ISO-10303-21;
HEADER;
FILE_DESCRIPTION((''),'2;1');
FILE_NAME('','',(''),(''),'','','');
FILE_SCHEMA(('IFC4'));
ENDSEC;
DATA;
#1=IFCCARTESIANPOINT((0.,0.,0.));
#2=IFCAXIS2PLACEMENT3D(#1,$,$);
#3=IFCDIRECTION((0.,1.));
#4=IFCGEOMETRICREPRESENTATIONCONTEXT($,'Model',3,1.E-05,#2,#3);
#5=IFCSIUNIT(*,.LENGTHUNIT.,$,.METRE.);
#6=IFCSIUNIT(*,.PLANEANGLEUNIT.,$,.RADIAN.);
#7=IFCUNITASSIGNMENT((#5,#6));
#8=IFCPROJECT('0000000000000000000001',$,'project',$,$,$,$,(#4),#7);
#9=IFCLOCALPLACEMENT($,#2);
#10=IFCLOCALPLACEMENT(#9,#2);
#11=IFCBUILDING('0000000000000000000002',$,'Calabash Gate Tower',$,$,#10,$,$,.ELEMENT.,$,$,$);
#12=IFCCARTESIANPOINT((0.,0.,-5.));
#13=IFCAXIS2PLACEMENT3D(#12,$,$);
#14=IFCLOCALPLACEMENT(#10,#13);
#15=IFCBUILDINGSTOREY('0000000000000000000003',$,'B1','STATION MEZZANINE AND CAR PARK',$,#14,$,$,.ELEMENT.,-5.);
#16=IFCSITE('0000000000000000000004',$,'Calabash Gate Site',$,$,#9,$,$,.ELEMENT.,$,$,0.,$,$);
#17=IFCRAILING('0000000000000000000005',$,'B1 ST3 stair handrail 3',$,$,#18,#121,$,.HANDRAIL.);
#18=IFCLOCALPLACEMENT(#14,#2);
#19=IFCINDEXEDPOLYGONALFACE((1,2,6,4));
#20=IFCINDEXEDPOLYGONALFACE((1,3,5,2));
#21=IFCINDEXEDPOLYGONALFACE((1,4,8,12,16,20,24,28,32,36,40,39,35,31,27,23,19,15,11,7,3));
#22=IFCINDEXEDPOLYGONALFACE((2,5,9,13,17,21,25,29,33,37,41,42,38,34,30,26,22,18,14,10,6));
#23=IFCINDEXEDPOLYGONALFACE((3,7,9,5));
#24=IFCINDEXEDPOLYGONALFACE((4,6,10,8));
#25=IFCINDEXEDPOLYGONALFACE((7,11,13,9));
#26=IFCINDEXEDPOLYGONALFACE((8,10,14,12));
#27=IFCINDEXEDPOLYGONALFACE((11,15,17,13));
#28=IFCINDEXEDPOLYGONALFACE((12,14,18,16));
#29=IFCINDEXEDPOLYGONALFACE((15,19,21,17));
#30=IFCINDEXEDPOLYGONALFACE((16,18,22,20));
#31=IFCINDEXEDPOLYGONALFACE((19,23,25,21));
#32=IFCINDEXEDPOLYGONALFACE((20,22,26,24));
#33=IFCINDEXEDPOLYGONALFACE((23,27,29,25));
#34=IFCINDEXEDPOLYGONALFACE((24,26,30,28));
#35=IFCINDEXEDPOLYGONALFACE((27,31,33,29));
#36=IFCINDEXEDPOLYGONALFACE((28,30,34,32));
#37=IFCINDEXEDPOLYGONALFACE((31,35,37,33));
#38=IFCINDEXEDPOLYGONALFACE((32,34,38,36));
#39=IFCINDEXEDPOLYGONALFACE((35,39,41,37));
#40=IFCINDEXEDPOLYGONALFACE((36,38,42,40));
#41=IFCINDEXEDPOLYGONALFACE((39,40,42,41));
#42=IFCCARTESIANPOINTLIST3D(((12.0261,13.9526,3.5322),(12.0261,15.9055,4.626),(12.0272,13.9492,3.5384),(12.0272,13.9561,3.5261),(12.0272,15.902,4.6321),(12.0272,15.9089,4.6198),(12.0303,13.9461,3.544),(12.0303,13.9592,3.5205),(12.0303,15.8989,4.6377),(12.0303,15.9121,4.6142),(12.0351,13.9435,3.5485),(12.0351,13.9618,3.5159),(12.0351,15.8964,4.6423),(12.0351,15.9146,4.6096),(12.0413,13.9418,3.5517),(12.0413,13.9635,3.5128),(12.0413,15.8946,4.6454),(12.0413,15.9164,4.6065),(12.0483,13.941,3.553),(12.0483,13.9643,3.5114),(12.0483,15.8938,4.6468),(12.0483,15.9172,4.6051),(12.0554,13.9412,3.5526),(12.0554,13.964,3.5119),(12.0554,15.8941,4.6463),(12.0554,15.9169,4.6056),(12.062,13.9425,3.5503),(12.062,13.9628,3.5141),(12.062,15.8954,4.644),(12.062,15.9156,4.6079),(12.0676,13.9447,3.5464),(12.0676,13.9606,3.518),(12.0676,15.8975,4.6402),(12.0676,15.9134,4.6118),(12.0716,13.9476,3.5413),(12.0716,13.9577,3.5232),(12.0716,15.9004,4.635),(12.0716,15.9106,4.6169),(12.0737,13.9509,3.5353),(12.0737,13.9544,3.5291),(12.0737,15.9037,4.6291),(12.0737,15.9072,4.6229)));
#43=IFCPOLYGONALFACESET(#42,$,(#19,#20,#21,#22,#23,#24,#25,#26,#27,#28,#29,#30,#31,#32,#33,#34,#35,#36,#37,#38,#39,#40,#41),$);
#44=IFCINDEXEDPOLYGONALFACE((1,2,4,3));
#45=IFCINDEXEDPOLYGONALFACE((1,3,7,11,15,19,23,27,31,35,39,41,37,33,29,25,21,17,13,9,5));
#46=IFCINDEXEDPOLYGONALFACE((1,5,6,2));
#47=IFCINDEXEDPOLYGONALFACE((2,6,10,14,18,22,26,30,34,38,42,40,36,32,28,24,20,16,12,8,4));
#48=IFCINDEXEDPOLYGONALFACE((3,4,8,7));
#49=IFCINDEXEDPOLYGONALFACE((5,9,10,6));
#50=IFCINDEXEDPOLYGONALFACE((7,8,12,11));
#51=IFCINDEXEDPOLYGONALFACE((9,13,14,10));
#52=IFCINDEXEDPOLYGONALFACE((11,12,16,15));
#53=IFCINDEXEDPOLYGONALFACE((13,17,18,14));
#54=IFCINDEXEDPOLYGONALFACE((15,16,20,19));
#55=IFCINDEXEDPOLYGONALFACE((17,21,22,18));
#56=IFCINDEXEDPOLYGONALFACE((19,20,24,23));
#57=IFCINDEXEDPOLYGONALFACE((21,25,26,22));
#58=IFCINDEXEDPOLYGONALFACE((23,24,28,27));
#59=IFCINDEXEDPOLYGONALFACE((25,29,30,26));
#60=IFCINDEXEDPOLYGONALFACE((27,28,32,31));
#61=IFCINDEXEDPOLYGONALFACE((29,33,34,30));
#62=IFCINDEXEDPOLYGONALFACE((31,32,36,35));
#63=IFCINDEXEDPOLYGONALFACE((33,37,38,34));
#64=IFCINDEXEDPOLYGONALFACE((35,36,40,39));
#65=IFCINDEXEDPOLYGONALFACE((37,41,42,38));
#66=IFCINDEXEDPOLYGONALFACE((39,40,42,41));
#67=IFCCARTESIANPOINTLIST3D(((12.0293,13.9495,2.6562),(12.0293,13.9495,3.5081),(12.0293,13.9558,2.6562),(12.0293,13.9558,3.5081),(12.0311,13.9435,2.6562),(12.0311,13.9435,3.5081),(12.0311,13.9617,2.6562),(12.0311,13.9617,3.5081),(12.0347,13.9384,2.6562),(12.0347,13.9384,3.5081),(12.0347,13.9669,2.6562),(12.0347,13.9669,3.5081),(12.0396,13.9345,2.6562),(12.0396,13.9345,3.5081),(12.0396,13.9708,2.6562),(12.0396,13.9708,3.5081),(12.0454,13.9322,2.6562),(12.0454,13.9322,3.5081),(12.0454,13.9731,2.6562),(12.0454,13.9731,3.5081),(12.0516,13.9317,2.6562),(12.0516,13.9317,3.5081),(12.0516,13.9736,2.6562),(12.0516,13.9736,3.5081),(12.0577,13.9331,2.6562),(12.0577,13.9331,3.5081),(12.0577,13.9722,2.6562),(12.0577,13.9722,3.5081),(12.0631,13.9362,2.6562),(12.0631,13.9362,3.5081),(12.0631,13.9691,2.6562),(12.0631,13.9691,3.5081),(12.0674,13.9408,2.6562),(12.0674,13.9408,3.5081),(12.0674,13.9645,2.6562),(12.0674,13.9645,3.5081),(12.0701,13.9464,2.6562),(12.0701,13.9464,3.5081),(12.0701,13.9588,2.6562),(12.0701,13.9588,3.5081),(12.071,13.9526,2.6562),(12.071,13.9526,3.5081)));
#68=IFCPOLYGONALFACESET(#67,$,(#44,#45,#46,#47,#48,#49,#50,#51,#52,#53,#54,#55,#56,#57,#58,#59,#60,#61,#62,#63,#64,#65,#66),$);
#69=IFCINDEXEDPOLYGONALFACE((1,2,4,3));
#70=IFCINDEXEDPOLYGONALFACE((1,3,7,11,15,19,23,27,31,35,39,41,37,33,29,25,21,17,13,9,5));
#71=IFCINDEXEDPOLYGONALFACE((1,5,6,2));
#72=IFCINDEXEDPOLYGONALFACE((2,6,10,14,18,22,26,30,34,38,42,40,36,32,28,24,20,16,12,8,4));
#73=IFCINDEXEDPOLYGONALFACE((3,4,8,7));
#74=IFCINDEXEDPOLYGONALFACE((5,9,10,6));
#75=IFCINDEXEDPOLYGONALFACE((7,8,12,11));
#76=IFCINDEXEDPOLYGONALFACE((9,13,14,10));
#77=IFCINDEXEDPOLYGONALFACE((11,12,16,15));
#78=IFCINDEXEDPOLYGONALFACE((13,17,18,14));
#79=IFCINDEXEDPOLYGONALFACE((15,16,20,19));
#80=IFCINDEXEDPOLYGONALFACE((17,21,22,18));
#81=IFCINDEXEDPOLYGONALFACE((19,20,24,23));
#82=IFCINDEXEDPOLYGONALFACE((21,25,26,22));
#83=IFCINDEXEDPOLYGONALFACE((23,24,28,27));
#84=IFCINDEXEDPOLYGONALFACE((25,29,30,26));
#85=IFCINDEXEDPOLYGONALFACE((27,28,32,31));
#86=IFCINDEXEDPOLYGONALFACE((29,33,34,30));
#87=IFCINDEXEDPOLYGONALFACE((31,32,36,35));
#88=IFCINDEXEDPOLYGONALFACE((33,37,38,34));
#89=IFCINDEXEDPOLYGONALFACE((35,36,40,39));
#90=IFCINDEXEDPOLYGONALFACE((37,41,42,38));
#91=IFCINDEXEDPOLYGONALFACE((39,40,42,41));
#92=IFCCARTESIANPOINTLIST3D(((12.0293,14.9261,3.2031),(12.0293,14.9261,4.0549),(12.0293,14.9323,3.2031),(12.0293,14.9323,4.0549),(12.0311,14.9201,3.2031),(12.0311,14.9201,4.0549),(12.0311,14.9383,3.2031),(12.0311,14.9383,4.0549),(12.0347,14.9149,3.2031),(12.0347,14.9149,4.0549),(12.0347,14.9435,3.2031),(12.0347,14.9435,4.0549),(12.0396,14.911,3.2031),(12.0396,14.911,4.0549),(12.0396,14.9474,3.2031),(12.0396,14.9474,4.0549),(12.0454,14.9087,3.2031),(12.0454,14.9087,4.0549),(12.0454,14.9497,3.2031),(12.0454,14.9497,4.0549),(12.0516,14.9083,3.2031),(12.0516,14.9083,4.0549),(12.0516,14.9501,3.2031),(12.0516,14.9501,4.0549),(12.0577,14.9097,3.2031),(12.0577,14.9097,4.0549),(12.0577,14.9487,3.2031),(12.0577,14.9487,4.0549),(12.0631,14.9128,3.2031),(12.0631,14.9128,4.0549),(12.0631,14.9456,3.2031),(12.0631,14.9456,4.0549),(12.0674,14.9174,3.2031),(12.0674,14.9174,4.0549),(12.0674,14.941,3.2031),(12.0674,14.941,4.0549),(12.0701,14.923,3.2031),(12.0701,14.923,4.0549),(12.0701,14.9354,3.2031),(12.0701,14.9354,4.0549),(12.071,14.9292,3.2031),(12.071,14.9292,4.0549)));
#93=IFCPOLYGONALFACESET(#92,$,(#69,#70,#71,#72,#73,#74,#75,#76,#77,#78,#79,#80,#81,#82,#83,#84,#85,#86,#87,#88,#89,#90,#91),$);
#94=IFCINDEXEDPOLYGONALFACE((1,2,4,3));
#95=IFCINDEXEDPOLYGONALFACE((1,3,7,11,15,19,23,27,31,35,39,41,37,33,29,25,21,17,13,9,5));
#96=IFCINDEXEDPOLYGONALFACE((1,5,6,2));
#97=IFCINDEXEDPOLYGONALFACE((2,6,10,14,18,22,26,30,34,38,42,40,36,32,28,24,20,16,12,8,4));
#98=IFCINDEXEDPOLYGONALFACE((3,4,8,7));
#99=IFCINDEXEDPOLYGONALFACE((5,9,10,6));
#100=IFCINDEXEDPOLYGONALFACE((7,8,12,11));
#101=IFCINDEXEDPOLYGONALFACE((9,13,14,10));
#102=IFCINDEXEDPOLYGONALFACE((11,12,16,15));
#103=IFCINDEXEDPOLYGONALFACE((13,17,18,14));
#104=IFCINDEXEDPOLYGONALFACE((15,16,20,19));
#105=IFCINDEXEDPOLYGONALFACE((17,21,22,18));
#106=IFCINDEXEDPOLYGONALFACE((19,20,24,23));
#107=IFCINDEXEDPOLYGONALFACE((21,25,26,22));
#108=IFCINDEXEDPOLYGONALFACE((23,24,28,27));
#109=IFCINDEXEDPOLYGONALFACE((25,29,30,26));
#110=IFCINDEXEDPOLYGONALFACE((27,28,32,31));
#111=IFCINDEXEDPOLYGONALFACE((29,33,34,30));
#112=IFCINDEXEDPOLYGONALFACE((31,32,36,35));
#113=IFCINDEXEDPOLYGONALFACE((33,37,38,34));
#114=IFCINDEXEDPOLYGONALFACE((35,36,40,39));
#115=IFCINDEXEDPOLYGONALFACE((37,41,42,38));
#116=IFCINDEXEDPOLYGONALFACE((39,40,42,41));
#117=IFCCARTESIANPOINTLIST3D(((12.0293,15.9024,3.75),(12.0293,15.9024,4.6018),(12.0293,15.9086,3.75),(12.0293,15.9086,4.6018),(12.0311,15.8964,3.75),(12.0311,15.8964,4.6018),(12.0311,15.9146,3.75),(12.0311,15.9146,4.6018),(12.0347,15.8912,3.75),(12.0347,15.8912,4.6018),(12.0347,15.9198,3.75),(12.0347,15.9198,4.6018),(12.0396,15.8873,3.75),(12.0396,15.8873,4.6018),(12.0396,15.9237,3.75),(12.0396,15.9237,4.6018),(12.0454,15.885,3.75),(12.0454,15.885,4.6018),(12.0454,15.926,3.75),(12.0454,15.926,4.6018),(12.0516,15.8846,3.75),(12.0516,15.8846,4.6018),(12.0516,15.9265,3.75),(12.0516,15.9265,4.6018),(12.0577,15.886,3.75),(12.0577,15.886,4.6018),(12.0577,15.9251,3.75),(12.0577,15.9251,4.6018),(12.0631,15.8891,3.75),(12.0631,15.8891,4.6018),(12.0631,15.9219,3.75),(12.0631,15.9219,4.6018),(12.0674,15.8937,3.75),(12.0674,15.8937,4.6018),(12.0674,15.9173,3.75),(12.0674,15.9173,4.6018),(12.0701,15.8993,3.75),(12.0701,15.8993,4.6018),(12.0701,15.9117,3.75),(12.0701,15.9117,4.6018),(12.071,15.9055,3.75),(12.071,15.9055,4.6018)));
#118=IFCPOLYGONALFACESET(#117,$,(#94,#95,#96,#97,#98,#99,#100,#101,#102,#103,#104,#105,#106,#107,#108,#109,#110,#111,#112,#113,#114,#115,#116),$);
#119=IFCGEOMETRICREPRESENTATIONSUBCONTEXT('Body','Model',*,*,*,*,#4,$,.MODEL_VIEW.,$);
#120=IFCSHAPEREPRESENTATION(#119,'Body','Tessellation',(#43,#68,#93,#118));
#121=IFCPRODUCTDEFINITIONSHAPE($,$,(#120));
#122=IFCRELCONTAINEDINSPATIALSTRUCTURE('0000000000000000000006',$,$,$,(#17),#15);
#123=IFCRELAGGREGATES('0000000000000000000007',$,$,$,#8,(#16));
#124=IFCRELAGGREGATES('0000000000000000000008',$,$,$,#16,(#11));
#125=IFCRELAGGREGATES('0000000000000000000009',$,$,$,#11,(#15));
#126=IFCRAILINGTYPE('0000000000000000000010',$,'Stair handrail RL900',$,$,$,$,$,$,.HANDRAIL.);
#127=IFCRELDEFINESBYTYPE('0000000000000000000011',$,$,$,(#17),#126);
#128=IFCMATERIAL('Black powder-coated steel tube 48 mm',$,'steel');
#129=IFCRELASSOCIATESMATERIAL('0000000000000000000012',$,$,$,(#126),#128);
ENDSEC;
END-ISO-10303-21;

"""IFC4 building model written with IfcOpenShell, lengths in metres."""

from ifc_helpers import new_model, si_unit, direction, frame, origin, origin_2d, place, context, subcontext, project, spatial, circle, extrude, material, type_object, element, save


model = new_model("IFC4")

# Units and contexts
model_context = context("Model", 3, precision=1e-05, world=origin(), true_north=direction((0.0, 1.0)))
body_context = subcontext(model_context, "Body", "Model", "MODEL_VIEW")
ifc_project = project(units=[si_unit("LENGTHUNIT", "METRE"), si_unit("PLANEANGLEUNIT", "RADIAN")], contexts=[model_context])

# Site, building, storey
site_placement = place(None, origin())
site = spatial("IfcSite", under=ifc_project, at=site_placement, Name="Calabash Gate Site", CompositionType="ELEMENT", RefElevation=0.0)
building_placement = place(site_placement, origin())
building = spatial("IfcBuilding", under=site, at=building_placement, Name="Calabash Gate Tower", CompositionType="ELEMENT")
storey_placement = place(building_placement, frame((0.0, 0.0, -5.0)))
storey = spatial("IfcBuildingStorey", under=building, at=storey_placement, Name="B1", Description="STATION MEZZANINE AND CAR PARK", CompositionType="ELEMENT", Elevation=-5.0)

# Railing
ifc_material_1 = material(Name="Black powder-coated steel tube 48 mm", Category="steel")
railing_type_1 = type_object("IfcRailingType", Name="Stair handrail RL900", PredefinedType="HANDRAIL", material=ifc_material_1)
railing_1_placement = place(storey_placement, frame((12.05, 13.9526, 2.6562)))
element("IfcRailing", 1, at=railing_1_placement, inside=storey, type_object=railing_type_1, Name="B1 ST3 stair handrail 3", PredefinedType="HANDRAIL", context=body_context, shape_type="SweptSolid", body=[
    extrude(circle(Radius=0.0239, at=origin_2d()), frame((0.0, 0.0, 0.876), z_axis=(0.0, 0.87248, 0.48865), x_axis=(-1.0, 0.0, 0.0)), (0.0, 0.0, 1.0), 2.2383),
    extrude(circle(Radius=0.021, at=origin_2d()), origin(), (0.0, 0.0, 1.0), 0.8518),
    extrude(circle(Radius=0.021, at=origin_2d()), frame((0.0, 0.9766, 0.5469)), (0.0, 0.0, 1.0), 0.8518),
    extrude(circle(Radius=0.021, at=origin_2d()), frame((0.0, 1.9529, 1.0938)), (0.0, 0.0, 1.0), 0.8518),
])

save(model, "model.ifc")
